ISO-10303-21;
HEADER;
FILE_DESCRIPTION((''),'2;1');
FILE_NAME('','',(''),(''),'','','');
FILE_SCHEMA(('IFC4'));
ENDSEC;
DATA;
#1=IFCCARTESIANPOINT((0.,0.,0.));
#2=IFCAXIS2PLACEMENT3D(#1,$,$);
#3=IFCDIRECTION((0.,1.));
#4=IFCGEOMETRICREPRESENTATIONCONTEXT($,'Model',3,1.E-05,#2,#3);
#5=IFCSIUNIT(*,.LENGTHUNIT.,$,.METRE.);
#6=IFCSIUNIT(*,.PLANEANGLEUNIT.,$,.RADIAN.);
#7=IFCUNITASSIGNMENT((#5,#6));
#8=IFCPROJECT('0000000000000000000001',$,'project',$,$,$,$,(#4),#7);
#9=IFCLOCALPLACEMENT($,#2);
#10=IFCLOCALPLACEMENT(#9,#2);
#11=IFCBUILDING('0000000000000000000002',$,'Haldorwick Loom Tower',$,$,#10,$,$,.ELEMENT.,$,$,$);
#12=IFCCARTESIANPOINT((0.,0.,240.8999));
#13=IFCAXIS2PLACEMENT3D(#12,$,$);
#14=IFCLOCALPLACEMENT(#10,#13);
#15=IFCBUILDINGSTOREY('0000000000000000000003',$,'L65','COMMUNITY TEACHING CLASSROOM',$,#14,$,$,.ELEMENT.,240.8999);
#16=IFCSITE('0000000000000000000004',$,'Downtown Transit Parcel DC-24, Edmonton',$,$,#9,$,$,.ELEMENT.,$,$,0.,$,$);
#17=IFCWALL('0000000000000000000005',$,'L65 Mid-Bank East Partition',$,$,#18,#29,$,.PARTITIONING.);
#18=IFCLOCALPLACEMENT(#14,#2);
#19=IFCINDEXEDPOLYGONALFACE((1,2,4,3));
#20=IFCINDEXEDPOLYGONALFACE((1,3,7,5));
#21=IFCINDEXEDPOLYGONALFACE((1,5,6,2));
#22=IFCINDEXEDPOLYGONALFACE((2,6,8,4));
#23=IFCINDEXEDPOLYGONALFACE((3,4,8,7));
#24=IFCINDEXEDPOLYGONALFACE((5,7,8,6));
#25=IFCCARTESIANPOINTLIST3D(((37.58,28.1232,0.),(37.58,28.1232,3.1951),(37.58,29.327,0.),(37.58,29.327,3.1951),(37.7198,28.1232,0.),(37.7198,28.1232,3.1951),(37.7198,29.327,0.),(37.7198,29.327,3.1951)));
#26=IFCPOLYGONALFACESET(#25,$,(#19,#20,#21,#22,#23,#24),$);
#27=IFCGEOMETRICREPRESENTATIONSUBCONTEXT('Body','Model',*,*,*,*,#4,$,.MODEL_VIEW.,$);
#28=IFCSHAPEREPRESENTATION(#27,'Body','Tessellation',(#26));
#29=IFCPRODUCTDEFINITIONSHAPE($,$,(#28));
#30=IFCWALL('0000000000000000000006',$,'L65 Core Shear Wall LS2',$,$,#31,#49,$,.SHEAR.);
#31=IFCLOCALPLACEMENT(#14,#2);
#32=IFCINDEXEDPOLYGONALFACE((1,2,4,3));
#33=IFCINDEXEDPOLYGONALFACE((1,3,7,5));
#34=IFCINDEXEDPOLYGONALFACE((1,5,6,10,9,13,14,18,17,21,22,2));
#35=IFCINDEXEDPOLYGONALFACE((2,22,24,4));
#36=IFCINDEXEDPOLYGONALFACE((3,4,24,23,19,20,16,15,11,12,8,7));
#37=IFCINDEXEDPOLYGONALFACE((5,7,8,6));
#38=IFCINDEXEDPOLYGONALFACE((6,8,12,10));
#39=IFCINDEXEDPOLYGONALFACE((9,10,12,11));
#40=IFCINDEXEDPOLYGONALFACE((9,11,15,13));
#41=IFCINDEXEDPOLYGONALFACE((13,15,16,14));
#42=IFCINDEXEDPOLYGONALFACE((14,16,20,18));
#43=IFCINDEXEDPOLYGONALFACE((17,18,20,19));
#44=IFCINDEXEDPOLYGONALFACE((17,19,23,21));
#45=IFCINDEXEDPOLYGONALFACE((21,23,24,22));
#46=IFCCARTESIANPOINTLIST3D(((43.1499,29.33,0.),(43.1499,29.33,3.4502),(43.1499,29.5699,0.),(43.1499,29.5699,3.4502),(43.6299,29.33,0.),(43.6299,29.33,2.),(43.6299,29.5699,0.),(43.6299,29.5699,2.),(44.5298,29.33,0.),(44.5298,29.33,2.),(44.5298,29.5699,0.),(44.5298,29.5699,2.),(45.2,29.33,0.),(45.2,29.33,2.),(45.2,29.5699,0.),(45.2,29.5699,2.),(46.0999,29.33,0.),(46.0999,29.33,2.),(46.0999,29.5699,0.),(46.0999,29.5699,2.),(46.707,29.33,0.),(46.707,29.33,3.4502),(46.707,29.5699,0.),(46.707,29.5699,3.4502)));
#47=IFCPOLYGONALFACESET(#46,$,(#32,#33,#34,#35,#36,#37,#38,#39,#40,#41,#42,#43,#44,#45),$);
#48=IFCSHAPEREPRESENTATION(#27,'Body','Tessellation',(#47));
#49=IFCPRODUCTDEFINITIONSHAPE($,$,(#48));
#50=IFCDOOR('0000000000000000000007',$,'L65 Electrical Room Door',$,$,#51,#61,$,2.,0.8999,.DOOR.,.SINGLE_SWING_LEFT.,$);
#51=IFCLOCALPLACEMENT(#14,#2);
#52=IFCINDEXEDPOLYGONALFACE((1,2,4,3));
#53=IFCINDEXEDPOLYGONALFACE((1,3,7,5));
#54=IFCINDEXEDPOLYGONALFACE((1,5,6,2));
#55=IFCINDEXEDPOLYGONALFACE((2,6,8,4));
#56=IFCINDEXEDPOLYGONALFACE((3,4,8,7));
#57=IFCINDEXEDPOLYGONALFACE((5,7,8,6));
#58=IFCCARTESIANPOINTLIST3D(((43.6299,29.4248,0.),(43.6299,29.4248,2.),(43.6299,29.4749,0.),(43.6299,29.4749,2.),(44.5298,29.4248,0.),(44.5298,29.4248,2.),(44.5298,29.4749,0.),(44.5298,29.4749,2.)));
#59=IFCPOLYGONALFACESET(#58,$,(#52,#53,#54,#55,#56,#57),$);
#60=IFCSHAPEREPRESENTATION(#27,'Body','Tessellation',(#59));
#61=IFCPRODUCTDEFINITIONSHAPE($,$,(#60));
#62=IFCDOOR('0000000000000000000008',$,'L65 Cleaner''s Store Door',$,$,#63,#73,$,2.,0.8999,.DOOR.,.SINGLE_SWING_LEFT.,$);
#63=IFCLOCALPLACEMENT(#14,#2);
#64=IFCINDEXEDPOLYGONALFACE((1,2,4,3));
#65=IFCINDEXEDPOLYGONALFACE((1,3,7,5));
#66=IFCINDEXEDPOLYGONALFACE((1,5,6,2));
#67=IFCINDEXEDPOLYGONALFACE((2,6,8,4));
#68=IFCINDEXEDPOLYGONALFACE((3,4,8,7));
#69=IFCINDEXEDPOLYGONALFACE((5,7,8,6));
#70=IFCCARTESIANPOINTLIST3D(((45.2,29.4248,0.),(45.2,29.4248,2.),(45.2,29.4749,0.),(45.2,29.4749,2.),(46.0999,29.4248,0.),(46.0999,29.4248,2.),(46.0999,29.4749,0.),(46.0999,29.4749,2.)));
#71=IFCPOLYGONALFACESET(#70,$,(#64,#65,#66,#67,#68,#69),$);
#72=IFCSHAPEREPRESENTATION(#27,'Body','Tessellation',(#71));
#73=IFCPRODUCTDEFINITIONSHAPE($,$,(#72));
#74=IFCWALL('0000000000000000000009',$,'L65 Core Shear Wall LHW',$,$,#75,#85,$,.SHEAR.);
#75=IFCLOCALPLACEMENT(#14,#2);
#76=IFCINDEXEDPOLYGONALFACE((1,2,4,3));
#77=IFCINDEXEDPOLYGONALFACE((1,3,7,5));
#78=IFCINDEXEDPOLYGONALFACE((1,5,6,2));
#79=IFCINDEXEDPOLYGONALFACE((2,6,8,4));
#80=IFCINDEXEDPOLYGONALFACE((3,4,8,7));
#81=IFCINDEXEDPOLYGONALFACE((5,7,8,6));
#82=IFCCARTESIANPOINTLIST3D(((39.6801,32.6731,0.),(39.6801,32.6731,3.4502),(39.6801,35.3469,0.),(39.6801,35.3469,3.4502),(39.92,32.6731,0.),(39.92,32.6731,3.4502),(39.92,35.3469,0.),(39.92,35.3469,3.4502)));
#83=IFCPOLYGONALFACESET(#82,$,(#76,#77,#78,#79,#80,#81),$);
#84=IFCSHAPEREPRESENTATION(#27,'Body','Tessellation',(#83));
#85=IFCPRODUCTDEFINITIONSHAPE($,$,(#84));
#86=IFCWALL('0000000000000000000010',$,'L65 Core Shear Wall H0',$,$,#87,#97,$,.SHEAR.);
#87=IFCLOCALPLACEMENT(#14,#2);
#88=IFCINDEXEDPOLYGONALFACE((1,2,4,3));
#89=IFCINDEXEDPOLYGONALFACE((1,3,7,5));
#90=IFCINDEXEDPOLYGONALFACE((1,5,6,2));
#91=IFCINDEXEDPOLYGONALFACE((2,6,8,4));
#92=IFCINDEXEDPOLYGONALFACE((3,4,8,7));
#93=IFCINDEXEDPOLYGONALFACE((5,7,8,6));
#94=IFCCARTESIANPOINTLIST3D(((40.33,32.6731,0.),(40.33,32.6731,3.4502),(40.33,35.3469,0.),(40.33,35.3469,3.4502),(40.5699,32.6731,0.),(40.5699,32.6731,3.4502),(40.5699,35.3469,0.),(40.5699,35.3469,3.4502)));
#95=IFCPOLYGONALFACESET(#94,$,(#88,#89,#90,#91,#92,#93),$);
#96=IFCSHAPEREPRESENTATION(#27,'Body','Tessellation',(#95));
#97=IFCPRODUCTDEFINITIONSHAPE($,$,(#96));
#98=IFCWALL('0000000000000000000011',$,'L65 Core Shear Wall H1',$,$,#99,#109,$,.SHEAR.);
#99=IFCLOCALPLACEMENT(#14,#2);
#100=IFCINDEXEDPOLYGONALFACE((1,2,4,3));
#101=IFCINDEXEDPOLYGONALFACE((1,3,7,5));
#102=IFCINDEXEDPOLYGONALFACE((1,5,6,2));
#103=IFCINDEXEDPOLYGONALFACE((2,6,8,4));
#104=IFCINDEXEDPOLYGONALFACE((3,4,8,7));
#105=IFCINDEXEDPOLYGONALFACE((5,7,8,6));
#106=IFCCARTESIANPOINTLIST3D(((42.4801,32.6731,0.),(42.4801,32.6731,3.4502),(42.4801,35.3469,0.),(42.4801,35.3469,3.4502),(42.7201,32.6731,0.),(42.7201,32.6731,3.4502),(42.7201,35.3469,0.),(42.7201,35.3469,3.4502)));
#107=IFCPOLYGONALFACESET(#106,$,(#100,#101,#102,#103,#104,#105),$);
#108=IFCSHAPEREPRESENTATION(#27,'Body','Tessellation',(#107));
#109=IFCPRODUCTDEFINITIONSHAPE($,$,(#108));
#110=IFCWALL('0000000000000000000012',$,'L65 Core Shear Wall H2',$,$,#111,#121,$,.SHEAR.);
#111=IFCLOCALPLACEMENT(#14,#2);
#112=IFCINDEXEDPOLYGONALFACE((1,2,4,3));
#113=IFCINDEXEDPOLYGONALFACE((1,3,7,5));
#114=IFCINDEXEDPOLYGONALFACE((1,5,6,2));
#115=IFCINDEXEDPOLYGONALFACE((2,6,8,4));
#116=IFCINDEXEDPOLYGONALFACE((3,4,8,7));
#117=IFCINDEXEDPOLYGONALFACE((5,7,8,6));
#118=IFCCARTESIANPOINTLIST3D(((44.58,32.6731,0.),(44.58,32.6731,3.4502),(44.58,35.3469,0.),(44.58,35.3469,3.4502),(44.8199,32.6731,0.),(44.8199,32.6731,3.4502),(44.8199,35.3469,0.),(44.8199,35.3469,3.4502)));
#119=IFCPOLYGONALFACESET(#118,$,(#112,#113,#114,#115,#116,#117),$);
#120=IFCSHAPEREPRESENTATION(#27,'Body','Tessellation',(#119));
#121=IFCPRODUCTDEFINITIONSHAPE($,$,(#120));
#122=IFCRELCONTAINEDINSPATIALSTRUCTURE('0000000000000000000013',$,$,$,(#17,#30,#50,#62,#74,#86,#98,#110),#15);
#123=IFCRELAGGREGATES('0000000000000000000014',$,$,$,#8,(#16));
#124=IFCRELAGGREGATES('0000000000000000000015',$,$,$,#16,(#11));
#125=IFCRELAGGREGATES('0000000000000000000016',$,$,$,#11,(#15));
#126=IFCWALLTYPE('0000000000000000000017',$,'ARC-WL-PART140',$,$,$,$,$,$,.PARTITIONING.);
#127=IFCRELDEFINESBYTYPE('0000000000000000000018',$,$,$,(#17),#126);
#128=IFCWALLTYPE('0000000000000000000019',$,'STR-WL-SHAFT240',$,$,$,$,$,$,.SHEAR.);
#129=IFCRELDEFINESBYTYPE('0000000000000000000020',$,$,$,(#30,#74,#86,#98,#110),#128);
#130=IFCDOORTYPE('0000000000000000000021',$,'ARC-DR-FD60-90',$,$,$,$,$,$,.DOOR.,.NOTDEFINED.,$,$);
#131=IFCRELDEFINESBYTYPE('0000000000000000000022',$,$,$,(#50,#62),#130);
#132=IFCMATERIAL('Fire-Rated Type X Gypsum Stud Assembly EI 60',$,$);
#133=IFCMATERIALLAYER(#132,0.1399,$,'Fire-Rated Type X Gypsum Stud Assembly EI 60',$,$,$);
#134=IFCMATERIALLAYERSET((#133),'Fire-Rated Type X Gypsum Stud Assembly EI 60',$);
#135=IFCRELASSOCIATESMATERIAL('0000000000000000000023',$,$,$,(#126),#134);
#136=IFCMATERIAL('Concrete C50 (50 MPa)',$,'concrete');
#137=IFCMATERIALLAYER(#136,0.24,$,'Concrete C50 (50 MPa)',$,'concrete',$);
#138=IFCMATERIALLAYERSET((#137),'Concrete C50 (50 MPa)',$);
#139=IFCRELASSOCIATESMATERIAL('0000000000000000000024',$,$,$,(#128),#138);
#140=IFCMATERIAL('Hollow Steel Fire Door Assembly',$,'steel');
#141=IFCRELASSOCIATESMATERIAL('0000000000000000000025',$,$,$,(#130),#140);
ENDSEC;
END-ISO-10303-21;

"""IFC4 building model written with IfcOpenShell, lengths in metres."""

from ifc_helpers import new_model, si_unit, direction, frame, frame_2d, origin, place, context, subcontext, project, spatial, rectangle, extrude, material, layer, layer_set, type_object, element, fill, save


model = new_model("IFC4")

# Units and contexts
model_context = context("Model", 3, precision=1e-05, world=origin(), true_north=direction((0.0, 1.0)))
body_context = subcontext(model_context, "Body", "Model", "MODEL_VIEW")
ifc_project = project(units=[si_unit("LENGTHUNIT", "METRE"), si_unit("PLANEANGLEUNIT", "RADIAN")], contexts=[model_context])

# Site, building, storey
site_placement = place(None, origin())
site = spatial("IfcSite", under=ifc_project, at=site_placement, Name="Downtown Transit Parcel DC-24, Edmonton", CompositionType="ELEMENT", RefElevation=0.0)
building_placement = place(site_placement, origin())
building = spatial("IfcBuilding", under=site, at=building_placement, Name="Haldorwick Loom Tower", CompositionType="ELEMENT")
storey_placement = place(building_placement, frame((0.0, 0.0, 240.8999)))
storey = spatial("IfcBuildingStorey", under=building, at=storey_placement, Name="L65", Description="COMMUNITY TEACHING CLASSROOM", CompositionType="ELEMENT", Elevation=240.8999)

# Shared definitions
ifc_material_1 = material(Name="Concrete C50 (50 MPa)", Category="concrete")

# Wall
ifc_material_2 = material(Name="Fire-Rated Type X Gypsum Stud Assembly EI 60")
ifc_layer_1 = layer(ifc_material_2, 0.1399, Name="Fire-Rated Type X Gypsum Stud Assembly EI 60")
ifc_layer_set_1 = layer_set([ifc_layer_1], Name="Fire-Rated Type X Gypsum Stud Assembly EI 60")
wall_type_1 = type_object("IfcWallType", Name="ARC-WL-PART140", PredefinedType="PARTITIONING", material=ifc_layer_set_1)
wall_1_placement = place(storey_placement, frame((37.6499, 28.123, 0.0), z_axis=(0.0, 0.0, 1.0), x_axis=(0.0, 1.0, 0.0)))
element("IfcWall", 1, at=wall_1_placement, inside=storey, type_object=wall_type_1, Name="L65 Mid-Bank East Partition", PredefinedType="PARTITIONING", context=body_context, shape_type="SweptSolid", body=[
    extrude(rectangle(XDim=1.2039, YDim=0.1399, at=frame_2d((0.6021, 0.0))), origin(), (0.0, 0.0, 1.0), 3.1951),
])

# Wall, openings, doors
ifc_layer_2 = layer(ifc_material_1, 0.24, Name="Concrete C50 (50 MPa)", Category="concrete")
ifc_layer_set_2 = layer_set([ifc_layer_2], Name="Concrete C50 (50 MPa)")
wall_type_2 = type_object("IfcWallType", Name="STR-WL-SHAFT240", PredefinedType="SHEAR", material=ifc_layer_set_2)
wall_2_placement = place(storey_placement, frame((43.1499, 29.45, 0.0), z_axis=(0.0, 0.0, 1.0), x_axis=(1.0, 0.0, 0.0)))
wall_2 = element("IfcWall", 2, at=wall_2_placement, inside=storey, type_object=wall_type_2, Name="L65 Core Shear Wall LS2", PredefinedType="SHEAR", context=body_context, shape_type="SweptSolid", body=[
    extrude(rectangle(XDim=3.5571, YDim=0.24, at=frame_2d((1.7786, 0.0))), origin(), (0.0, 0.0, 1.0), 3.4502),
])
opening_1_placement = place(wall_2_placement, frame((0.48, 0.0, 0.0)))
opening_1 = element("IfcOpeningElement", 3, at=opening_1_placement, cuts=wall_2, PredefinedType="OPENING", context=body_context, shape_type="SweptSolid", body=[
    extrude(rectangle(XDim=0.8999, YDim=2.0, at=frame_2d((0.45, 1.0))), frame((0.0, 0.1299, 0.0), z_axis=(0.0, -1.0, 0.0), x_axis=(1.0, 0.0, 0.0)), (0.0, 0.0, 1.0), 0.26),
])
opening_2_placement = place(wall_2_placement, frame((2.05, 0.0, 0.0)))
opening_2 = element("IfcOpeningElement", 4, at=opening_2_placement, cuts=wall_2, PredefinedType="OPENING", context=body_context, shape_type="SweptSolid", body=[
    extrude(rectangle(XDim=0.8999, YDim=2.0, at=frame_2d((0.45, 1.0))), frame((0.0, 0.1299, 0.0), z_axis=(0.0, -1.0, 0.0), x_axis=(1.0, 0.0, 0.0)), (0.0, 0.0, 1.0), 0.26),
])
ifc_material_3 = material(Name="Hollow Steel Fire Door Assembly", Category="steel")
door_type = type_object("IfcDoorType", Name="ARC-DR-FD60-90", OperationType="NOTDEFINED", PredefinedType="DOOR", material=ifc_material_3)
door_1_placement = place(opening_1_placement, origin())
door_1 = element("IfcDoor", 5, at=door_1_placement, inside=storey, type_object=door_type, Name="L65 Electrical Room Door", OperationType="SINGLE_SWING_LEFT", OverallHeight=2.0, OverallWidth=0.8999, PredefinedType="DOOR", context=body_context, shape_type="SweptSolid", body=[
    extrude(rectangle(XDim=0.8999, YDim=2.0, at=frame_2d((0.45, 1.0))), frame((0.0, 0.0249, 0.0), z_axis=(0.0, -1.0, 0.0), x_axis=(1.0, 0.0, 0.0)), (0.0, 0.0, 1.0), 0.05),
])
fill(opening_1, door_1)
door_2_placement = place(opening_2_placement, origin())
door_2 = element("IfcDoor", 6, at=door_2_placement, inside=storey, type_object=door_type, Name="L65 Cleaner's Store Door", OperationType="SINGLE_SWING_LEFT", OverallHeight=2.0, OverallWidth=0.8999, PredefinedType="DOOR", context=body_context, shape_type="SweptSolid", body=[
    extrude(rectangle(XDim=0.8999, YDim=2.0, at=frame_2d((0.45, 1.0))), frame((0.0, 0.0249, 0.0), z_axis=(0.0, -1.0, 0.0), x_axis=(1.0, 0.0, 0.0)), (0.0, 0.0, 1.0), 0.05),
])
fill(opening_2, door_2)

# Walls
for number, where, z_axis, x_axis, name in (
    (7, (39.8, 32.6731, 0.0), (0.0, 0.0, 1.0), (0.0, 1.0, 0.0), "L65 Core Shear Wall LHW"),
    (8, (40.45, 32.6731, 0.0), (0.0, 0.0, 1.0), (0.0, 1.0, 0.0), "L65 Core Shear Wall H0"),
    (9, (42.6001, 32.6731, 0.0), (0.0, 0.0, 1.0), (0.0, 1.0, 0.0), "L65 Core Shear Wall H1"),
    (10, (44.7, 32.6731, 0.0), (0.0, 0.0, 1.0), (0.0, 1.0, 0.0), "L65 Core Shear Wall H2"),
):
    element("IfcWall", number, at=place(storey_placement, frame(where, z_axis=z_axis, x_axis=x_axis)), inside=storey, type_object=wall_type_2, Name=name, PredefinedType="SHEAR", context=body_context, shape_type="SweptSolid", body=[
        extrude(rectangle(XDim=2.6738, YDim=0.24, at=frame_2d((1.3369, 0.0))), origin(), (0.0, 0.0, 1.0), 3.4502),
    ])

save(model, "model.ifc")
